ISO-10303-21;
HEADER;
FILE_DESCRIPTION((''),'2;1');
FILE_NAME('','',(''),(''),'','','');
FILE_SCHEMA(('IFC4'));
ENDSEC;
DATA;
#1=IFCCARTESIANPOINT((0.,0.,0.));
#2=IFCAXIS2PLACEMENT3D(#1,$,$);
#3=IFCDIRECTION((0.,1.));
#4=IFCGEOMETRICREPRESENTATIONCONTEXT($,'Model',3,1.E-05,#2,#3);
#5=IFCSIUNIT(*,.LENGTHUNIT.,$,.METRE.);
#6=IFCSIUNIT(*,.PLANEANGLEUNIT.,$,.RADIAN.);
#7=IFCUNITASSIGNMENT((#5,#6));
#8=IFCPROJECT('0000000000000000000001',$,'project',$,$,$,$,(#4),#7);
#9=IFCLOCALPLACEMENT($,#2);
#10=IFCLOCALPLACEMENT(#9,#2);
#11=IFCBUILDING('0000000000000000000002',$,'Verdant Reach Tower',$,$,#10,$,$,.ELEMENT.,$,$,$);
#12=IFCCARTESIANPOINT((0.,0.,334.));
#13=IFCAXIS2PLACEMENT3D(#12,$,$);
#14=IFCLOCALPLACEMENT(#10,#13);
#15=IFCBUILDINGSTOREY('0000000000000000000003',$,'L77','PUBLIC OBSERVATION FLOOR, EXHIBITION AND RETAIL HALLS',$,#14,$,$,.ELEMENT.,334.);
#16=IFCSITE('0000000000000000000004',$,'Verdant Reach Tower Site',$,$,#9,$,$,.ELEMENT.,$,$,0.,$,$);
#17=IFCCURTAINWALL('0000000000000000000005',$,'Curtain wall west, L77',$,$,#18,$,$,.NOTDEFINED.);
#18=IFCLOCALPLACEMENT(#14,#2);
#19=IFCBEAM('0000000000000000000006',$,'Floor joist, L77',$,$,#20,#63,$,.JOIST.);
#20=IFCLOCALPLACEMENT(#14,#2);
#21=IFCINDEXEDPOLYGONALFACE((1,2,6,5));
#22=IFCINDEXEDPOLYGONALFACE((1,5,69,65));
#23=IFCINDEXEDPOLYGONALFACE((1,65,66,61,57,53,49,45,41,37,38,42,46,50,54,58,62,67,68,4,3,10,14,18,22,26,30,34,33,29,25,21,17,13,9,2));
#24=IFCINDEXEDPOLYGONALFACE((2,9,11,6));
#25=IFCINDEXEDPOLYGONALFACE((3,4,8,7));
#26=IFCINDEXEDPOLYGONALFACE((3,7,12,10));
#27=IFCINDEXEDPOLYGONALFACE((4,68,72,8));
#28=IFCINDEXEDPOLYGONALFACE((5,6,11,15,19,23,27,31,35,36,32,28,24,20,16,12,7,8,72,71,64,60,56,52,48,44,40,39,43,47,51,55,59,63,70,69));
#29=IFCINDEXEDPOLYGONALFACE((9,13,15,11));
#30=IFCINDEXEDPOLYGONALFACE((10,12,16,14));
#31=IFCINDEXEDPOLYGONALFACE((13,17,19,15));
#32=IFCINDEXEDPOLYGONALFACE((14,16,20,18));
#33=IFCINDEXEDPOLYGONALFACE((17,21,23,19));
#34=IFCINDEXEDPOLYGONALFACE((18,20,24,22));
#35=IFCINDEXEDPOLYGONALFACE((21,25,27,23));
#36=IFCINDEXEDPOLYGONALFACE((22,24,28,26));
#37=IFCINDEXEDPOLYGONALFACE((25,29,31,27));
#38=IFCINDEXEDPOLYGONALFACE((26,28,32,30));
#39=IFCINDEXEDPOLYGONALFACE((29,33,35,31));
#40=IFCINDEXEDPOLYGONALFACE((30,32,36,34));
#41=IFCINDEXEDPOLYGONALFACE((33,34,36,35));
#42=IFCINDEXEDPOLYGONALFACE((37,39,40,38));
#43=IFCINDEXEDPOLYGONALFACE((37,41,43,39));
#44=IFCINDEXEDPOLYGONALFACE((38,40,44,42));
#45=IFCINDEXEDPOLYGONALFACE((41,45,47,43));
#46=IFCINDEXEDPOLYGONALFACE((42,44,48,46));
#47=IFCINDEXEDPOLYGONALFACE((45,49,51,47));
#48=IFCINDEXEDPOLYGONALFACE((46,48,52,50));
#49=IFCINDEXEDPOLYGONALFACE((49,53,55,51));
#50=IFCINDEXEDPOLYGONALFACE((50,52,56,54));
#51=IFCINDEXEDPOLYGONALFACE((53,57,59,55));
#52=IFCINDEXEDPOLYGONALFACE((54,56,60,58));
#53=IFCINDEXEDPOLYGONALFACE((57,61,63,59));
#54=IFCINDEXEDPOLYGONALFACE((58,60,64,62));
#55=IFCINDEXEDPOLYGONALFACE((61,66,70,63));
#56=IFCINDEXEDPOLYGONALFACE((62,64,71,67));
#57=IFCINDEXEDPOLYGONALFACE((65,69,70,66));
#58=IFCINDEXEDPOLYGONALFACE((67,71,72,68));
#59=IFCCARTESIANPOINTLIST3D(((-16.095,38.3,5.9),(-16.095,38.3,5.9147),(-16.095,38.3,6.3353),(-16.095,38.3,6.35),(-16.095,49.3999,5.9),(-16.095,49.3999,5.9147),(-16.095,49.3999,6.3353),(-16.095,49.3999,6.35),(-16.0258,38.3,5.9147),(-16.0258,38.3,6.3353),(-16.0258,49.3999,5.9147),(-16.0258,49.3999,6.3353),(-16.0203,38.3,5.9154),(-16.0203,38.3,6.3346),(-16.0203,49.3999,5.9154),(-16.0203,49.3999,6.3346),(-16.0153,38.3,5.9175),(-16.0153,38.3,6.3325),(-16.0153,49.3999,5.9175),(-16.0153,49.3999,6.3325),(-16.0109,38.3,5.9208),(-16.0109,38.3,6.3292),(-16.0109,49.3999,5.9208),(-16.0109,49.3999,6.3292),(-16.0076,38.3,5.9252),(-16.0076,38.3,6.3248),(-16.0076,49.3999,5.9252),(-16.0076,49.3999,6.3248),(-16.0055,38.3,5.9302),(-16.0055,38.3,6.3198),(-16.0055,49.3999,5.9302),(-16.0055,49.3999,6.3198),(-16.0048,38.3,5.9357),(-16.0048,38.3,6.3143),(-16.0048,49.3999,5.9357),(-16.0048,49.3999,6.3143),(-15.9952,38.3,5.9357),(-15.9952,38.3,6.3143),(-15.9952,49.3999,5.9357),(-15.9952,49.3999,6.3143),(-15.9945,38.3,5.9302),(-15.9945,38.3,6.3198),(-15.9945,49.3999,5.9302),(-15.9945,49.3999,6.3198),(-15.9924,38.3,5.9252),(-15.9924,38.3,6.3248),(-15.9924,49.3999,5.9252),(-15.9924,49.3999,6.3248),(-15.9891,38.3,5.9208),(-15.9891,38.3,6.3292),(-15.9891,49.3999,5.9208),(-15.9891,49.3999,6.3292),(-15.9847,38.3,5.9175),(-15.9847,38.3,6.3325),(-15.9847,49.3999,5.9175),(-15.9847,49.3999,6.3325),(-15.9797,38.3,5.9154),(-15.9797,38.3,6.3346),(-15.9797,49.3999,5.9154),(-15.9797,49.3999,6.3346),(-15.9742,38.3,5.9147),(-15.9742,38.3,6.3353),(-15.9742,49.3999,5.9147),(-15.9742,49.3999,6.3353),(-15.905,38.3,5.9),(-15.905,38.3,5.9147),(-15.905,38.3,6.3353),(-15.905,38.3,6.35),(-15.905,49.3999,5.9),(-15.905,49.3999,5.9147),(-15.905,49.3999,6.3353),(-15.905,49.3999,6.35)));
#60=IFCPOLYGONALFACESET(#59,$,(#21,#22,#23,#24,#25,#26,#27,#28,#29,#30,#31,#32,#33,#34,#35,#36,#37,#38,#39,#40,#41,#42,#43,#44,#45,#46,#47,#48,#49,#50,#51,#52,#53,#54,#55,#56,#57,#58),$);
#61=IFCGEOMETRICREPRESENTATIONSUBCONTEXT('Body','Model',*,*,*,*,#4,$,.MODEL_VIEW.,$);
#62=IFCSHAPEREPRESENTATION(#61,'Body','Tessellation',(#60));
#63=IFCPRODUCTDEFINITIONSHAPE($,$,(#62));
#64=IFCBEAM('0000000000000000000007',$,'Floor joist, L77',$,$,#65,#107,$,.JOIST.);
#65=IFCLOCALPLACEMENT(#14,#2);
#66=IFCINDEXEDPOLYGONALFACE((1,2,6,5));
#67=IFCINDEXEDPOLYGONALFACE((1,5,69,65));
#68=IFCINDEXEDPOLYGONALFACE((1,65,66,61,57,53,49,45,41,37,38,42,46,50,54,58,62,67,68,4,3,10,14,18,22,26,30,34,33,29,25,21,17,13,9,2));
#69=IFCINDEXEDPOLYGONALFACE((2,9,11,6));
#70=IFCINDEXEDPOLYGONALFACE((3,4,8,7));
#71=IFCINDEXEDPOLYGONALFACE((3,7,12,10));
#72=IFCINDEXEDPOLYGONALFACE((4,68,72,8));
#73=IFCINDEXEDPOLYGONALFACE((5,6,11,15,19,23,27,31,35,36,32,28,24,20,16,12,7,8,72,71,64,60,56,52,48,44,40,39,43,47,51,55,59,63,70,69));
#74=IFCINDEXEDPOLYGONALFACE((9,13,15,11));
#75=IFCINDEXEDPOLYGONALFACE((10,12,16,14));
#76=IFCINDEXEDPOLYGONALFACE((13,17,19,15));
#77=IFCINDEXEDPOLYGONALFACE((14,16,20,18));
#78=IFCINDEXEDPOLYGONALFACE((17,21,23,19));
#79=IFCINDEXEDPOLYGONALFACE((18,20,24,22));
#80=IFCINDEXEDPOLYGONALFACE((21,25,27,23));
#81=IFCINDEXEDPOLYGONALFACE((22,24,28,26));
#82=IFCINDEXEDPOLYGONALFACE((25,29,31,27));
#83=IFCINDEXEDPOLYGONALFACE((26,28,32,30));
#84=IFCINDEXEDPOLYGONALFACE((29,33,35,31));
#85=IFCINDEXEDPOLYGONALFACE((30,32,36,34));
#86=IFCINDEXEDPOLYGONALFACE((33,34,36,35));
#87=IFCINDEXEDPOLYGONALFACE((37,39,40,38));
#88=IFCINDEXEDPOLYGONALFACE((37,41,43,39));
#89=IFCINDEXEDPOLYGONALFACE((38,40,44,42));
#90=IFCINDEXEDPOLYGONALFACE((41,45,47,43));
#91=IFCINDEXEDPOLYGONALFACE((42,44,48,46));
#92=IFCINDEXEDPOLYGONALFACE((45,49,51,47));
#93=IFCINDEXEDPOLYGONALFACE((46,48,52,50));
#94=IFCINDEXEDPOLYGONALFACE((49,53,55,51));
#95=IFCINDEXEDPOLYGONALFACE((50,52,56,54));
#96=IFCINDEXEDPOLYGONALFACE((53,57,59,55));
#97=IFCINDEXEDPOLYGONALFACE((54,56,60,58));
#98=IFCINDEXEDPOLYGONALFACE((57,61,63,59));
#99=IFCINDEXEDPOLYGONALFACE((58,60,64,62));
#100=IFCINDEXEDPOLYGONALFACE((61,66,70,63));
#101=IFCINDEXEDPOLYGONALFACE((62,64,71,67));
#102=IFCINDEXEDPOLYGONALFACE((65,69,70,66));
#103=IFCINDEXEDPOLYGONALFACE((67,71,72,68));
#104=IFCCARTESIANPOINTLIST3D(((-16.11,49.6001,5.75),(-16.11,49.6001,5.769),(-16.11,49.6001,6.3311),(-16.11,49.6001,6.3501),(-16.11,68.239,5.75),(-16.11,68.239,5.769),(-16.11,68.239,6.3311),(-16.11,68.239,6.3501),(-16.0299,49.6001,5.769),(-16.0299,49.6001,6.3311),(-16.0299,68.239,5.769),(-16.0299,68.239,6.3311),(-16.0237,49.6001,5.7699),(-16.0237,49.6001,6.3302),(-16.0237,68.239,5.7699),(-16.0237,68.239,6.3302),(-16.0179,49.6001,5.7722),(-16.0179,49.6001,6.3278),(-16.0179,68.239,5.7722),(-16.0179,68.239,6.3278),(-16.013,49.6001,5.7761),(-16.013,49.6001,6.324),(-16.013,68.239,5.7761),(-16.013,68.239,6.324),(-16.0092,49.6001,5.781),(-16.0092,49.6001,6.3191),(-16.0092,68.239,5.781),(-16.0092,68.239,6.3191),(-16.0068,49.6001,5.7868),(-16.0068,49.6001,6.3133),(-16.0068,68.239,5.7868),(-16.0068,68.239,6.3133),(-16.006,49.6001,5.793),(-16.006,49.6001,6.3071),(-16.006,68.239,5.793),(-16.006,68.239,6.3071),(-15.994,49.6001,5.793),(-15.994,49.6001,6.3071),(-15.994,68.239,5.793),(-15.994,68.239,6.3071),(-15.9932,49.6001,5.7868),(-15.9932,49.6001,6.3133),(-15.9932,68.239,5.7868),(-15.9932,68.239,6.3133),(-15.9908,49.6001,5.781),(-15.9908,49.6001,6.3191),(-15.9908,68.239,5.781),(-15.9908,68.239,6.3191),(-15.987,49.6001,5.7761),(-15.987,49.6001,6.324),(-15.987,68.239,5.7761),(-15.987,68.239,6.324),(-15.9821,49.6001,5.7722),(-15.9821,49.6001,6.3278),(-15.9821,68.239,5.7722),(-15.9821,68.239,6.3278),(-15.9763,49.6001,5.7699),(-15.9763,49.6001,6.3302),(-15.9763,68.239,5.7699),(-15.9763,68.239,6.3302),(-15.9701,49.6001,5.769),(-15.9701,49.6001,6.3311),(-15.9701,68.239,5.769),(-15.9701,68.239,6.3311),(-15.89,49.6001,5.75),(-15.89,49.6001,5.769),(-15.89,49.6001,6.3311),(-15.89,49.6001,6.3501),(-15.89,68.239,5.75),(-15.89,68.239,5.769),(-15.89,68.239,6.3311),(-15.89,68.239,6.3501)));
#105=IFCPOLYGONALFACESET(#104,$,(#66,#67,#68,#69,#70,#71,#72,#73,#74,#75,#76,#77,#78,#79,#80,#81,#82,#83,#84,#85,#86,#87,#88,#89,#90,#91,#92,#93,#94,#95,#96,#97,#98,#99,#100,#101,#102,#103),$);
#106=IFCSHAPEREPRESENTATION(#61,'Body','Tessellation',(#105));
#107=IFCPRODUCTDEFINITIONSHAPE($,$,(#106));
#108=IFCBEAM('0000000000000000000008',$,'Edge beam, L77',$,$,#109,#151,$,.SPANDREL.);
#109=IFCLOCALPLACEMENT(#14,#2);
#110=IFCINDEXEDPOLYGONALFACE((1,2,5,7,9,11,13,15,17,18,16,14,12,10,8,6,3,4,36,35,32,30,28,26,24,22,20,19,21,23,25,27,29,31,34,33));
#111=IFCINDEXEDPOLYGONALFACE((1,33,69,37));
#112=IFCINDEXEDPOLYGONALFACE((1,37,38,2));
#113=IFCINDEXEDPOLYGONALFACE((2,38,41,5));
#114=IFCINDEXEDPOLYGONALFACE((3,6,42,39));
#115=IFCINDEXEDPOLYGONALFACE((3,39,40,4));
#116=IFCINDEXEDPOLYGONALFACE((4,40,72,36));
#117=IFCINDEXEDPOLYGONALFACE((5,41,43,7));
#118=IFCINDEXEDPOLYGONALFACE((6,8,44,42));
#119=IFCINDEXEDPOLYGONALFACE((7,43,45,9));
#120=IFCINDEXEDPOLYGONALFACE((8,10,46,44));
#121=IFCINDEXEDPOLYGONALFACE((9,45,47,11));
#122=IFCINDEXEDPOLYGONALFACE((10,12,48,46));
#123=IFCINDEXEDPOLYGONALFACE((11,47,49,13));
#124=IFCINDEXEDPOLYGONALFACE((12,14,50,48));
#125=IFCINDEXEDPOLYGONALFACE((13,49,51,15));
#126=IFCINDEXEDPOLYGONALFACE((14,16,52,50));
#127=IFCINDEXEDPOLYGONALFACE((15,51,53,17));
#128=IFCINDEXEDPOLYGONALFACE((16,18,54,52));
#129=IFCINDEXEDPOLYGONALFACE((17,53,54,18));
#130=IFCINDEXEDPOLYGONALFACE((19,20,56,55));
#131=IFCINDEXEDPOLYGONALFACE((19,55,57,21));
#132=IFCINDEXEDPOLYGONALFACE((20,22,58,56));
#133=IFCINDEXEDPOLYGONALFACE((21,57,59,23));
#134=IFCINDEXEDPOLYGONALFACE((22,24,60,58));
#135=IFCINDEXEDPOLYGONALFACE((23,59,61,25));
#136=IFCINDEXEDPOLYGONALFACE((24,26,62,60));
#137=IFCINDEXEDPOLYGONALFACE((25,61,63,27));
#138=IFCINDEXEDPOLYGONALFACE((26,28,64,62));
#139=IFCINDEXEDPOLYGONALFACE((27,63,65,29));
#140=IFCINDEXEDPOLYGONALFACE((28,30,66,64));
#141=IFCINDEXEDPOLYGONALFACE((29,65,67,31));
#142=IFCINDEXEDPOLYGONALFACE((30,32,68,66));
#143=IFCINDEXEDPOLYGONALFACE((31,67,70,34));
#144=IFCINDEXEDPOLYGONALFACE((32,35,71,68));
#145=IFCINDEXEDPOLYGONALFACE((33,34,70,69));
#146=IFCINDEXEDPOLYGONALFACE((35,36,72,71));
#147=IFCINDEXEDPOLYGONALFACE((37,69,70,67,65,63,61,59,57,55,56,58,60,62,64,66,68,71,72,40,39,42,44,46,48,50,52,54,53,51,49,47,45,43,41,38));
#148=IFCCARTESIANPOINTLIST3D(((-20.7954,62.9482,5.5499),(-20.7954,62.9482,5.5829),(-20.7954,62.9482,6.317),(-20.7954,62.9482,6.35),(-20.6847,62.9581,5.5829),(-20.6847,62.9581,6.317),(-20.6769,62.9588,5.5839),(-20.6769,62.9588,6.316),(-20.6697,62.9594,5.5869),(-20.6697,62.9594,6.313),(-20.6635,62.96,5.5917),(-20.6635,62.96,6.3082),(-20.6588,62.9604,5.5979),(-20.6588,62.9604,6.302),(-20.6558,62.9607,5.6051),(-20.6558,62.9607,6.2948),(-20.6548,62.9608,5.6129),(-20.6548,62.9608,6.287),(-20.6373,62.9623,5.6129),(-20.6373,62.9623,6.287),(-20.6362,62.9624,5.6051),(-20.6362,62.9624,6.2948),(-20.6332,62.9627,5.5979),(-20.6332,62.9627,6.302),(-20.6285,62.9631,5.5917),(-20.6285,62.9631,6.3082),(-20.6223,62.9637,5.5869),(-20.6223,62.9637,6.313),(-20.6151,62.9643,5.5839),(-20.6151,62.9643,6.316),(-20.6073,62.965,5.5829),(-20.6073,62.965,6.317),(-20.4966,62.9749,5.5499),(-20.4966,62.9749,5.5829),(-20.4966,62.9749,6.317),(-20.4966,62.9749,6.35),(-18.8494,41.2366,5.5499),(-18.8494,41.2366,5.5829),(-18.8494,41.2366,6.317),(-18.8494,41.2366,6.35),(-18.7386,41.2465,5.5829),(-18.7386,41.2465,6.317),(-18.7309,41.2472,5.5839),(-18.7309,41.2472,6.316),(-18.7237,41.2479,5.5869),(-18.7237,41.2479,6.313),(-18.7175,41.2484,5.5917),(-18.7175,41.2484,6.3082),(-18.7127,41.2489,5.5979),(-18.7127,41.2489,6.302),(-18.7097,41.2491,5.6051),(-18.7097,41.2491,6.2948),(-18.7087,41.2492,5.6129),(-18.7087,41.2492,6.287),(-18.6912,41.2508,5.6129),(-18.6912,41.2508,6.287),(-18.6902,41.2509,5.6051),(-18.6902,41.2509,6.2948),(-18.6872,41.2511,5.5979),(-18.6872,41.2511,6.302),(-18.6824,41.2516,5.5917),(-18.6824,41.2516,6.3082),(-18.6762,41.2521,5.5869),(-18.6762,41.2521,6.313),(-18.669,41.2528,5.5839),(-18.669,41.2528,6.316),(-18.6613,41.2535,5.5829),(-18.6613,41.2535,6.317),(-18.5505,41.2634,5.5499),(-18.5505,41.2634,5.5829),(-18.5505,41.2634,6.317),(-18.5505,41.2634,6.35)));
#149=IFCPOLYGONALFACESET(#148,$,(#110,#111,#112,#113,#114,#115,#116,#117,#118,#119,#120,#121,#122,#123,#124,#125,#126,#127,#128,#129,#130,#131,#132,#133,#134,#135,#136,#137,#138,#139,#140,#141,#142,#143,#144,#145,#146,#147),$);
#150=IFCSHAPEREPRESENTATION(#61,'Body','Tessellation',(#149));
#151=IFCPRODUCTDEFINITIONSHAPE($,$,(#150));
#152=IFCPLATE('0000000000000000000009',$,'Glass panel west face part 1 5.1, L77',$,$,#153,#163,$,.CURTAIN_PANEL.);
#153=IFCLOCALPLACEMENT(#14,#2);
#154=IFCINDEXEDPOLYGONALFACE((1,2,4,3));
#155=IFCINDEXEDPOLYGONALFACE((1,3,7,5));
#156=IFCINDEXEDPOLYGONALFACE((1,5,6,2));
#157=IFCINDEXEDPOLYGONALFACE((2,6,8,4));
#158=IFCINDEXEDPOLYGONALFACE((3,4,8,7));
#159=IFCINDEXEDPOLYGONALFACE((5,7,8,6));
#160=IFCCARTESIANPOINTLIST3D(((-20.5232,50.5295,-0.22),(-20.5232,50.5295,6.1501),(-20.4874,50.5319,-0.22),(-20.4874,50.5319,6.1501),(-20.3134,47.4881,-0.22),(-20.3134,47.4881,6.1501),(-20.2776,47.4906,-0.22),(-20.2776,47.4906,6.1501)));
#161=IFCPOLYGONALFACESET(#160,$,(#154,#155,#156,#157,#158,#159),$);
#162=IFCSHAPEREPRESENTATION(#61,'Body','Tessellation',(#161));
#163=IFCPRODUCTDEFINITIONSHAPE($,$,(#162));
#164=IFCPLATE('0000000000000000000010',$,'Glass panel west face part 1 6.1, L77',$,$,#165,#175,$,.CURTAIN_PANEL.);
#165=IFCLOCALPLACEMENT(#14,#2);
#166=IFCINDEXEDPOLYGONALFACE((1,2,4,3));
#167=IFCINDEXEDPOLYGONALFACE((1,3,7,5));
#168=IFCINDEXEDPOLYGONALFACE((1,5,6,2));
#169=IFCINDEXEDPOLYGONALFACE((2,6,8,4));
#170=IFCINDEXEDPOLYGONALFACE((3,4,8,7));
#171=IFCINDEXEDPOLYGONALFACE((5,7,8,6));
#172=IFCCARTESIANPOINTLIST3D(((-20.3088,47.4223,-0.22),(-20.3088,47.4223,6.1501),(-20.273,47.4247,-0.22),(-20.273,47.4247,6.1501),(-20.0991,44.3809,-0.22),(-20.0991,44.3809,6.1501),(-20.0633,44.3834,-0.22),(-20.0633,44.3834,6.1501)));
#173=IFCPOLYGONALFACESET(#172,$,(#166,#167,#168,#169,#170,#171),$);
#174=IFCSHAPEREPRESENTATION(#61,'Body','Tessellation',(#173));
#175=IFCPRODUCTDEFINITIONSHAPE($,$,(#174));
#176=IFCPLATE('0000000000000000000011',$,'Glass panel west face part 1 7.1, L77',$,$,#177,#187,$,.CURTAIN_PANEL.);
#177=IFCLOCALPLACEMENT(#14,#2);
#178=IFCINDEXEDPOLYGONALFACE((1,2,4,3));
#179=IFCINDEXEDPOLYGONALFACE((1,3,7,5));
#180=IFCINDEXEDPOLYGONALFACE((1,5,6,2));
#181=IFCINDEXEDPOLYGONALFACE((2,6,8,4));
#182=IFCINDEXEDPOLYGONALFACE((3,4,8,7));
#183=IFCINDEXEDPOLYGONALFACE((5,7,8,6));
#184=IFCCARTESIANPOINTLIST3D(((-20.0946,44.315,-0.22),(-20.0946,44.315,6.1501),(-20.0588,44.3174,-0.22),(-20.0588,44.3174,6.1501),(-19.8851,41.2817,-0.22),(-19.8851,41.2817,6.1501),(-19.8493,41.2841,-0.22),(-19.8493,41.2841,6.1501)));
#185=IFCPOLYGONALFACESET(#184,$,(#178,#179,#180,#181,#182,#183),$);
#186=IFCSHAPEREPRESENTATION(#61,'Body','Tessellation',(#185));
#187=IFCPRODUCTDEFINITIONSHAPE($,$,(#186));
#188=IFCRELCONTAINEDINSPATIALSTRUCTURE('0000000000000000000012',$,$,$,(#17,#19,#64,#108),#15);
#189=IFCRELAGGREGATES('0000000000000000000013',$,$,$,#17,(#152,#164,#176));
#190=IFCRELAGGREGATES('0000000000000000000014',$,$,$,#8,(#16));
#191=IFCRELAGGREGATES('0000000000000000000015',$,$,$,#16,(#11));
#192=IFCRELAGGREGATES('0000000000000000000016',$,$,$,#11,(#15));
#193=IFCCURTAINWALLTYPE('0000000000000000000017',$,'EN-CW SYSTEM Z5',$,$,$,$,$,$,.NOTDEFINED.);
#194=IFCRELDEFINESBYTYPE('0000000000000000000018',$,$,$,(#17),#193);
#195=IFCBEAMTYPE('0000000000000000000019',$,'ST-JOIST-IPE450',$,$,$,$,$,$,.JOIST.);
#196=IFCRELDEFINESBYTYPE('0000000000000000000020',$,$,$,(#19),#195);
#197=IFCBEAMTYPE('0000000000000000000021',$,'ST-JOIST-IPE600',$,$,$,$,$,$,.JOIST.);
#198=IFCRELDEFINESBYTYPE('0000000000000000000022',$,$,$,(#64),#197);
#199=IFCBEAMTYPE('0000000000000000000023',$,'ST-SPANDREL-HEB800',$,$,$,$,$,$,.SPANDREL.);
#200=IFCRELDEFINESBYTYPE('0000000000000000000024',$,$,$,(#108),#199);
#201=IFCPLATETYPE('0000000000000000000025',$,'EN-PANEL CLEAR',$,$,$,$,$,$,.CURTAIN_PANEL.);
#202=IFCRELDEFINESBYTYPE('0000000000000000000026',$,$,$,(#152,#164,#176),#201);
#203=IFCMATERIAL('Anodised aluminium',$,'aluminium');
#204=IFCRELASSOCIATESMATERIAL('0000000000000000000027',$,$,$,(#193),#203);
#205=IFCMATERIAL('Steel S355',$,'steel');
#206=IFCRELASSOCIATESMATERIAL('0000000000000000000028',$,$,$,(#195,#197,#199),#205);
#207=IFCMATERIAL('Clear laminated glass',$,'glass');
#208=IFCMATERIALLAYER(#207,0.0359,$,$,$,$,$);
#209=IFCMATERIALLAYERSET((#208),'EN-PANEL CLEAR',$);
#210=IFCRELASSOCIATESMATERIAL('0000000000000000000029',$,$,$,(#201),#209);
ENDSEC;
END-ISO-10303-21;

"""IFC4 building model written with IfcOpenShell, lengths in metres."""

from ifc_helpers import new_model, si_unit, direction, frame, origin, origin_2d, place, context, subcontext, project, spatial, rectangle, i_section, extrude, material, layer, layer_set, material_profile, profile_set, type_object, element, aggregate, save


model = new_model("IFC4")

# Units and contexts
model_context = context("Model", 3, precision=1e-05, world=origin(), true_north=direction((0.0, 1.0)))
body_context = subcontext(model_context, "Body", "Model", "MODEL_VIEW")
ifc_project = project(units=[si_unit("LENGTHUNIT", "METRE"), si_unit("PLANEANGLEUNIT", "RADIAN")], contexts=[model_context])

# Site, building, storey
site_placement = place(None, origin())
site = spatial("IfcSite", under=ifc_project, at=site_placement, Name="Verdant Reach Tower Site", CompositionType="ELEMENT", RefElevation=0.0)
building_placement = place(site_placement, origin())
building = spatial("IfcBuilding", under=site, at=building_placement, Name="Verdant Reach Tower", CompositionType="ELEMENT")
storey_placement = place(building_placement, frame((0.0, 0.0, 334.0)))
storey = spatial("IfcBuildingStorey", under=building, at=storey_placement, Name="L77", Description="PUBLIC OBSERVATION FLOOR, EXHIBITION AND RETAIL HALLS", CompositionType="ELEMENT", Elevation=334.0)

# Curtain wall
ifc_material_1 = material(Name="Anodised aluminium", Category="aluminium")
curtain_wall_type = type_object("IfcCurtainWallType", Name="EN-CW SYSTEM Z5", PredefinedType="NOTDEFINED", material=ifc_material_1)
curtain_wall_placement = place(storey_placement, origin())
curtain_wall = element("IfcCurtainWall", 1, at=curtain_wall_placement, inside=storey, type_object=curtain_wall_type, Name="Curtain wall west, L77", PredefinedType="NOTDEFINED")

# Beams
ifc_material_2 = material(Name="Steel S355", Category="steel")
ifc_material_profile_1 = material_profile(ifc_material_2, i_section(OverallWidth=0.1899, OverallDepth=0.45, WebThickness=0.0095, FlangeThickness=0.0146, FilletRadius=0.021, at=origin_2d()), Name="IPE 450")
ifc_profile_set_1 = profile_set([ifc_material_profile_1], Name="Steel S355")
beam_type_1 = type_object("IfcBeamType", Name="ST-JOIST-IPE450", PredefinedType="JOIST", material=ifc_profile_set_1)
beam_1_placement = place(storey_placement, frame((-16.0, 38.3, 6.125), z_axis=(0.0, 1.0, 0.0), x_axis=(-1.0, 0.0, 0.0)))
element("IfcBeam", 2, at=beam_1_placement, inside=storey, type_object=beam_type_1, Name="Floor joist, L77", PredefinedType="JOIST", context=body_context, shape_type="SweptSolid", body=[
    extrude(i_section(OverallWidth=0.1899, OverallDepth=0.45, WebThickness=0.0095, FlangeThickness=0.0146, FilletRadius=0.021, at=origin_2d()), origin(), (0.0, 0.0, 1.0), 11.0999),
])
ifc_material_profile_2 = material_profile(ifc_material_2, i_section(OverallWidth=0.22, OverallDepth=0.6001, WebThickness=0.012, FlangeThickness=0.019, FilletRadius=0.0239, at=origin_2d()), Name="IPE 600")
ifc_profile_set_2 = profile_set([ifc_material_profile_2], Name="Steel S355")
beam_type_2 = type_object("IfcBeamType", Name="ST-JOIST-IPE600", PredefinedType="JOIST", material=ifc_profile_set_2)
beam_2_placement = place(storey_placement, frame((-16.0, 49.6001, 6.05), z_axis=(0.0, 1.0, 0.0), x_axis=(-1.0, 0.0, 0.0)))
element("IfcBeam", 3, at=beam_2_placement, inside=storey, type_object=beam_type_2, Name="Floor joist, L77", PredefinedType="JOIST", context=body_context, shape_type="SweptSolid", body=[
    extrude(i_section(OverallWidth=0.22, OverallDepth=0.6001, WebThickness=0.012, FlangeThickness=0.019, FilletRadius=0.0239, at=origin_2d()), origin(), (0.0, 0.0, 1.0), 18.6389),
])
ifc_material_profile_3 = material_profile(ifc_material_2, i_section(OverallWidth=0.3, OverallDepth=0.8, WebThickness=0.0176, FlangeThickness=0.033, FilletRadius=0.03, at=origin_2d()), Name="HEB 800")
ifc_profile_set_3 = profile_set([ifc_material_profile_3], Name="Steel S355")
beam_type_3 = type_object("IfcBeamType", Name="ST-SPANDREL-HEB800", PredefinedType="SPANDREL", material=ifc_profile_set_3)
beam_3_placement = place(storey_placement, frame((-18.7, 41.25, 5.95), z_axis=(-0.089274, 0.996007, 0.0), x_axis=(-0.996007, -0.089274, 0.0)))
element("IfcBeam", 4, at=beam_3_placement, inside=storey, type_object=beam_type_3, Name="Edge beam, L77", PredefinedType="SPANDREL", context=body_context, shape_type="SweptSolid", body=[
    extrude(i_section(OverallWidth=0.3, OverallDepth=0.8, WebThickness=0.0176, FlangeThickness=0.033, FilletRadius=0.03, at=origin_2d()), origin(), (0.0, 0.0, 1.0), 21.7986),
])

# Plates
ifc_material_3 = material(Name="Clear laminated glass", Category="glass")
ifc_layer_1 = layer(ifc_material_3, 0.0359)
ifc_layer_set_1 = layer_set([ifc_layer_1], Name="EN-PANEL CLEAR")
plate_type = type_object("IfcPlateType", Name="EN-PANEL CLEAR", PredefinedType="CURTAIN_PANEL", material=ifc_layer_set_1)
plate_1_placement = place(storey_placement, frame((-20.4004, 49.01, -0.22), z_axis=(0.0, 0.0, 1.0), x_axis=(0.068802, -0.99763, 0.0)))
plate_1 = element("IfcPlate", 5, at=plate_1_placement, type_object=plate_type, Name="Glass panel west face part 1 5.1, L77", PredefinedType="CURTAIN_PANEL", context=body_context, shape_type="SweptSolid", body=[
    extrude(rectangle(XDim=3.0486, YDim=0.0359, at=origin_2d()), origin(), (0.0, 0.0, 1.0), 6.3701),
])
plate_2_placement = place(storey_placement, frame((-20.186, 45.9028, -0.22), z_axis=(0.0, 0.0, 1.0), x_axis=(0.068802, -0.99763, 0.0)))
plate_2 = element("IfcPlate", 6, at=plate_2_placement, type_object=plate_type, Name="Glass panel west face part 1 6.1, L77", PredefinedType="CURTAIN_PANEL", context=body_context, shape_type="SweptSolid", body=[
    extrude(rectangle(XDim=3.0486, YDim=0.0359, at=origin_2d()), origin(), (0.0, 0.0, 1.0), 6.3701),
])
plate_3_placement = place(storey_placement, frame((-19.9719, 42.7996, -0.22), z_axis=(0.0, 0.0, 1.0), x_axis=(0.06889, -0.997624, 0.0)))
plate_3 = element("IfcPlate", 7, at=plate_3_placement, type_object=plate_type, Name="Glass panel west face part 1 7.1, L77", PredefinedType="CURTAIN_PANEL", context=body_context, shape_type="SweptSolid", body=[
    extrude(rectangle(XDim=3.0405, YDim=0.0359, at=origin_2d()), origin(), (0.0, 0.0, 1.0), 6.3701),
])
aggregate(curtain_wall, [plate_1, plate_2, plate_3])

save(model, "model.ifc")
